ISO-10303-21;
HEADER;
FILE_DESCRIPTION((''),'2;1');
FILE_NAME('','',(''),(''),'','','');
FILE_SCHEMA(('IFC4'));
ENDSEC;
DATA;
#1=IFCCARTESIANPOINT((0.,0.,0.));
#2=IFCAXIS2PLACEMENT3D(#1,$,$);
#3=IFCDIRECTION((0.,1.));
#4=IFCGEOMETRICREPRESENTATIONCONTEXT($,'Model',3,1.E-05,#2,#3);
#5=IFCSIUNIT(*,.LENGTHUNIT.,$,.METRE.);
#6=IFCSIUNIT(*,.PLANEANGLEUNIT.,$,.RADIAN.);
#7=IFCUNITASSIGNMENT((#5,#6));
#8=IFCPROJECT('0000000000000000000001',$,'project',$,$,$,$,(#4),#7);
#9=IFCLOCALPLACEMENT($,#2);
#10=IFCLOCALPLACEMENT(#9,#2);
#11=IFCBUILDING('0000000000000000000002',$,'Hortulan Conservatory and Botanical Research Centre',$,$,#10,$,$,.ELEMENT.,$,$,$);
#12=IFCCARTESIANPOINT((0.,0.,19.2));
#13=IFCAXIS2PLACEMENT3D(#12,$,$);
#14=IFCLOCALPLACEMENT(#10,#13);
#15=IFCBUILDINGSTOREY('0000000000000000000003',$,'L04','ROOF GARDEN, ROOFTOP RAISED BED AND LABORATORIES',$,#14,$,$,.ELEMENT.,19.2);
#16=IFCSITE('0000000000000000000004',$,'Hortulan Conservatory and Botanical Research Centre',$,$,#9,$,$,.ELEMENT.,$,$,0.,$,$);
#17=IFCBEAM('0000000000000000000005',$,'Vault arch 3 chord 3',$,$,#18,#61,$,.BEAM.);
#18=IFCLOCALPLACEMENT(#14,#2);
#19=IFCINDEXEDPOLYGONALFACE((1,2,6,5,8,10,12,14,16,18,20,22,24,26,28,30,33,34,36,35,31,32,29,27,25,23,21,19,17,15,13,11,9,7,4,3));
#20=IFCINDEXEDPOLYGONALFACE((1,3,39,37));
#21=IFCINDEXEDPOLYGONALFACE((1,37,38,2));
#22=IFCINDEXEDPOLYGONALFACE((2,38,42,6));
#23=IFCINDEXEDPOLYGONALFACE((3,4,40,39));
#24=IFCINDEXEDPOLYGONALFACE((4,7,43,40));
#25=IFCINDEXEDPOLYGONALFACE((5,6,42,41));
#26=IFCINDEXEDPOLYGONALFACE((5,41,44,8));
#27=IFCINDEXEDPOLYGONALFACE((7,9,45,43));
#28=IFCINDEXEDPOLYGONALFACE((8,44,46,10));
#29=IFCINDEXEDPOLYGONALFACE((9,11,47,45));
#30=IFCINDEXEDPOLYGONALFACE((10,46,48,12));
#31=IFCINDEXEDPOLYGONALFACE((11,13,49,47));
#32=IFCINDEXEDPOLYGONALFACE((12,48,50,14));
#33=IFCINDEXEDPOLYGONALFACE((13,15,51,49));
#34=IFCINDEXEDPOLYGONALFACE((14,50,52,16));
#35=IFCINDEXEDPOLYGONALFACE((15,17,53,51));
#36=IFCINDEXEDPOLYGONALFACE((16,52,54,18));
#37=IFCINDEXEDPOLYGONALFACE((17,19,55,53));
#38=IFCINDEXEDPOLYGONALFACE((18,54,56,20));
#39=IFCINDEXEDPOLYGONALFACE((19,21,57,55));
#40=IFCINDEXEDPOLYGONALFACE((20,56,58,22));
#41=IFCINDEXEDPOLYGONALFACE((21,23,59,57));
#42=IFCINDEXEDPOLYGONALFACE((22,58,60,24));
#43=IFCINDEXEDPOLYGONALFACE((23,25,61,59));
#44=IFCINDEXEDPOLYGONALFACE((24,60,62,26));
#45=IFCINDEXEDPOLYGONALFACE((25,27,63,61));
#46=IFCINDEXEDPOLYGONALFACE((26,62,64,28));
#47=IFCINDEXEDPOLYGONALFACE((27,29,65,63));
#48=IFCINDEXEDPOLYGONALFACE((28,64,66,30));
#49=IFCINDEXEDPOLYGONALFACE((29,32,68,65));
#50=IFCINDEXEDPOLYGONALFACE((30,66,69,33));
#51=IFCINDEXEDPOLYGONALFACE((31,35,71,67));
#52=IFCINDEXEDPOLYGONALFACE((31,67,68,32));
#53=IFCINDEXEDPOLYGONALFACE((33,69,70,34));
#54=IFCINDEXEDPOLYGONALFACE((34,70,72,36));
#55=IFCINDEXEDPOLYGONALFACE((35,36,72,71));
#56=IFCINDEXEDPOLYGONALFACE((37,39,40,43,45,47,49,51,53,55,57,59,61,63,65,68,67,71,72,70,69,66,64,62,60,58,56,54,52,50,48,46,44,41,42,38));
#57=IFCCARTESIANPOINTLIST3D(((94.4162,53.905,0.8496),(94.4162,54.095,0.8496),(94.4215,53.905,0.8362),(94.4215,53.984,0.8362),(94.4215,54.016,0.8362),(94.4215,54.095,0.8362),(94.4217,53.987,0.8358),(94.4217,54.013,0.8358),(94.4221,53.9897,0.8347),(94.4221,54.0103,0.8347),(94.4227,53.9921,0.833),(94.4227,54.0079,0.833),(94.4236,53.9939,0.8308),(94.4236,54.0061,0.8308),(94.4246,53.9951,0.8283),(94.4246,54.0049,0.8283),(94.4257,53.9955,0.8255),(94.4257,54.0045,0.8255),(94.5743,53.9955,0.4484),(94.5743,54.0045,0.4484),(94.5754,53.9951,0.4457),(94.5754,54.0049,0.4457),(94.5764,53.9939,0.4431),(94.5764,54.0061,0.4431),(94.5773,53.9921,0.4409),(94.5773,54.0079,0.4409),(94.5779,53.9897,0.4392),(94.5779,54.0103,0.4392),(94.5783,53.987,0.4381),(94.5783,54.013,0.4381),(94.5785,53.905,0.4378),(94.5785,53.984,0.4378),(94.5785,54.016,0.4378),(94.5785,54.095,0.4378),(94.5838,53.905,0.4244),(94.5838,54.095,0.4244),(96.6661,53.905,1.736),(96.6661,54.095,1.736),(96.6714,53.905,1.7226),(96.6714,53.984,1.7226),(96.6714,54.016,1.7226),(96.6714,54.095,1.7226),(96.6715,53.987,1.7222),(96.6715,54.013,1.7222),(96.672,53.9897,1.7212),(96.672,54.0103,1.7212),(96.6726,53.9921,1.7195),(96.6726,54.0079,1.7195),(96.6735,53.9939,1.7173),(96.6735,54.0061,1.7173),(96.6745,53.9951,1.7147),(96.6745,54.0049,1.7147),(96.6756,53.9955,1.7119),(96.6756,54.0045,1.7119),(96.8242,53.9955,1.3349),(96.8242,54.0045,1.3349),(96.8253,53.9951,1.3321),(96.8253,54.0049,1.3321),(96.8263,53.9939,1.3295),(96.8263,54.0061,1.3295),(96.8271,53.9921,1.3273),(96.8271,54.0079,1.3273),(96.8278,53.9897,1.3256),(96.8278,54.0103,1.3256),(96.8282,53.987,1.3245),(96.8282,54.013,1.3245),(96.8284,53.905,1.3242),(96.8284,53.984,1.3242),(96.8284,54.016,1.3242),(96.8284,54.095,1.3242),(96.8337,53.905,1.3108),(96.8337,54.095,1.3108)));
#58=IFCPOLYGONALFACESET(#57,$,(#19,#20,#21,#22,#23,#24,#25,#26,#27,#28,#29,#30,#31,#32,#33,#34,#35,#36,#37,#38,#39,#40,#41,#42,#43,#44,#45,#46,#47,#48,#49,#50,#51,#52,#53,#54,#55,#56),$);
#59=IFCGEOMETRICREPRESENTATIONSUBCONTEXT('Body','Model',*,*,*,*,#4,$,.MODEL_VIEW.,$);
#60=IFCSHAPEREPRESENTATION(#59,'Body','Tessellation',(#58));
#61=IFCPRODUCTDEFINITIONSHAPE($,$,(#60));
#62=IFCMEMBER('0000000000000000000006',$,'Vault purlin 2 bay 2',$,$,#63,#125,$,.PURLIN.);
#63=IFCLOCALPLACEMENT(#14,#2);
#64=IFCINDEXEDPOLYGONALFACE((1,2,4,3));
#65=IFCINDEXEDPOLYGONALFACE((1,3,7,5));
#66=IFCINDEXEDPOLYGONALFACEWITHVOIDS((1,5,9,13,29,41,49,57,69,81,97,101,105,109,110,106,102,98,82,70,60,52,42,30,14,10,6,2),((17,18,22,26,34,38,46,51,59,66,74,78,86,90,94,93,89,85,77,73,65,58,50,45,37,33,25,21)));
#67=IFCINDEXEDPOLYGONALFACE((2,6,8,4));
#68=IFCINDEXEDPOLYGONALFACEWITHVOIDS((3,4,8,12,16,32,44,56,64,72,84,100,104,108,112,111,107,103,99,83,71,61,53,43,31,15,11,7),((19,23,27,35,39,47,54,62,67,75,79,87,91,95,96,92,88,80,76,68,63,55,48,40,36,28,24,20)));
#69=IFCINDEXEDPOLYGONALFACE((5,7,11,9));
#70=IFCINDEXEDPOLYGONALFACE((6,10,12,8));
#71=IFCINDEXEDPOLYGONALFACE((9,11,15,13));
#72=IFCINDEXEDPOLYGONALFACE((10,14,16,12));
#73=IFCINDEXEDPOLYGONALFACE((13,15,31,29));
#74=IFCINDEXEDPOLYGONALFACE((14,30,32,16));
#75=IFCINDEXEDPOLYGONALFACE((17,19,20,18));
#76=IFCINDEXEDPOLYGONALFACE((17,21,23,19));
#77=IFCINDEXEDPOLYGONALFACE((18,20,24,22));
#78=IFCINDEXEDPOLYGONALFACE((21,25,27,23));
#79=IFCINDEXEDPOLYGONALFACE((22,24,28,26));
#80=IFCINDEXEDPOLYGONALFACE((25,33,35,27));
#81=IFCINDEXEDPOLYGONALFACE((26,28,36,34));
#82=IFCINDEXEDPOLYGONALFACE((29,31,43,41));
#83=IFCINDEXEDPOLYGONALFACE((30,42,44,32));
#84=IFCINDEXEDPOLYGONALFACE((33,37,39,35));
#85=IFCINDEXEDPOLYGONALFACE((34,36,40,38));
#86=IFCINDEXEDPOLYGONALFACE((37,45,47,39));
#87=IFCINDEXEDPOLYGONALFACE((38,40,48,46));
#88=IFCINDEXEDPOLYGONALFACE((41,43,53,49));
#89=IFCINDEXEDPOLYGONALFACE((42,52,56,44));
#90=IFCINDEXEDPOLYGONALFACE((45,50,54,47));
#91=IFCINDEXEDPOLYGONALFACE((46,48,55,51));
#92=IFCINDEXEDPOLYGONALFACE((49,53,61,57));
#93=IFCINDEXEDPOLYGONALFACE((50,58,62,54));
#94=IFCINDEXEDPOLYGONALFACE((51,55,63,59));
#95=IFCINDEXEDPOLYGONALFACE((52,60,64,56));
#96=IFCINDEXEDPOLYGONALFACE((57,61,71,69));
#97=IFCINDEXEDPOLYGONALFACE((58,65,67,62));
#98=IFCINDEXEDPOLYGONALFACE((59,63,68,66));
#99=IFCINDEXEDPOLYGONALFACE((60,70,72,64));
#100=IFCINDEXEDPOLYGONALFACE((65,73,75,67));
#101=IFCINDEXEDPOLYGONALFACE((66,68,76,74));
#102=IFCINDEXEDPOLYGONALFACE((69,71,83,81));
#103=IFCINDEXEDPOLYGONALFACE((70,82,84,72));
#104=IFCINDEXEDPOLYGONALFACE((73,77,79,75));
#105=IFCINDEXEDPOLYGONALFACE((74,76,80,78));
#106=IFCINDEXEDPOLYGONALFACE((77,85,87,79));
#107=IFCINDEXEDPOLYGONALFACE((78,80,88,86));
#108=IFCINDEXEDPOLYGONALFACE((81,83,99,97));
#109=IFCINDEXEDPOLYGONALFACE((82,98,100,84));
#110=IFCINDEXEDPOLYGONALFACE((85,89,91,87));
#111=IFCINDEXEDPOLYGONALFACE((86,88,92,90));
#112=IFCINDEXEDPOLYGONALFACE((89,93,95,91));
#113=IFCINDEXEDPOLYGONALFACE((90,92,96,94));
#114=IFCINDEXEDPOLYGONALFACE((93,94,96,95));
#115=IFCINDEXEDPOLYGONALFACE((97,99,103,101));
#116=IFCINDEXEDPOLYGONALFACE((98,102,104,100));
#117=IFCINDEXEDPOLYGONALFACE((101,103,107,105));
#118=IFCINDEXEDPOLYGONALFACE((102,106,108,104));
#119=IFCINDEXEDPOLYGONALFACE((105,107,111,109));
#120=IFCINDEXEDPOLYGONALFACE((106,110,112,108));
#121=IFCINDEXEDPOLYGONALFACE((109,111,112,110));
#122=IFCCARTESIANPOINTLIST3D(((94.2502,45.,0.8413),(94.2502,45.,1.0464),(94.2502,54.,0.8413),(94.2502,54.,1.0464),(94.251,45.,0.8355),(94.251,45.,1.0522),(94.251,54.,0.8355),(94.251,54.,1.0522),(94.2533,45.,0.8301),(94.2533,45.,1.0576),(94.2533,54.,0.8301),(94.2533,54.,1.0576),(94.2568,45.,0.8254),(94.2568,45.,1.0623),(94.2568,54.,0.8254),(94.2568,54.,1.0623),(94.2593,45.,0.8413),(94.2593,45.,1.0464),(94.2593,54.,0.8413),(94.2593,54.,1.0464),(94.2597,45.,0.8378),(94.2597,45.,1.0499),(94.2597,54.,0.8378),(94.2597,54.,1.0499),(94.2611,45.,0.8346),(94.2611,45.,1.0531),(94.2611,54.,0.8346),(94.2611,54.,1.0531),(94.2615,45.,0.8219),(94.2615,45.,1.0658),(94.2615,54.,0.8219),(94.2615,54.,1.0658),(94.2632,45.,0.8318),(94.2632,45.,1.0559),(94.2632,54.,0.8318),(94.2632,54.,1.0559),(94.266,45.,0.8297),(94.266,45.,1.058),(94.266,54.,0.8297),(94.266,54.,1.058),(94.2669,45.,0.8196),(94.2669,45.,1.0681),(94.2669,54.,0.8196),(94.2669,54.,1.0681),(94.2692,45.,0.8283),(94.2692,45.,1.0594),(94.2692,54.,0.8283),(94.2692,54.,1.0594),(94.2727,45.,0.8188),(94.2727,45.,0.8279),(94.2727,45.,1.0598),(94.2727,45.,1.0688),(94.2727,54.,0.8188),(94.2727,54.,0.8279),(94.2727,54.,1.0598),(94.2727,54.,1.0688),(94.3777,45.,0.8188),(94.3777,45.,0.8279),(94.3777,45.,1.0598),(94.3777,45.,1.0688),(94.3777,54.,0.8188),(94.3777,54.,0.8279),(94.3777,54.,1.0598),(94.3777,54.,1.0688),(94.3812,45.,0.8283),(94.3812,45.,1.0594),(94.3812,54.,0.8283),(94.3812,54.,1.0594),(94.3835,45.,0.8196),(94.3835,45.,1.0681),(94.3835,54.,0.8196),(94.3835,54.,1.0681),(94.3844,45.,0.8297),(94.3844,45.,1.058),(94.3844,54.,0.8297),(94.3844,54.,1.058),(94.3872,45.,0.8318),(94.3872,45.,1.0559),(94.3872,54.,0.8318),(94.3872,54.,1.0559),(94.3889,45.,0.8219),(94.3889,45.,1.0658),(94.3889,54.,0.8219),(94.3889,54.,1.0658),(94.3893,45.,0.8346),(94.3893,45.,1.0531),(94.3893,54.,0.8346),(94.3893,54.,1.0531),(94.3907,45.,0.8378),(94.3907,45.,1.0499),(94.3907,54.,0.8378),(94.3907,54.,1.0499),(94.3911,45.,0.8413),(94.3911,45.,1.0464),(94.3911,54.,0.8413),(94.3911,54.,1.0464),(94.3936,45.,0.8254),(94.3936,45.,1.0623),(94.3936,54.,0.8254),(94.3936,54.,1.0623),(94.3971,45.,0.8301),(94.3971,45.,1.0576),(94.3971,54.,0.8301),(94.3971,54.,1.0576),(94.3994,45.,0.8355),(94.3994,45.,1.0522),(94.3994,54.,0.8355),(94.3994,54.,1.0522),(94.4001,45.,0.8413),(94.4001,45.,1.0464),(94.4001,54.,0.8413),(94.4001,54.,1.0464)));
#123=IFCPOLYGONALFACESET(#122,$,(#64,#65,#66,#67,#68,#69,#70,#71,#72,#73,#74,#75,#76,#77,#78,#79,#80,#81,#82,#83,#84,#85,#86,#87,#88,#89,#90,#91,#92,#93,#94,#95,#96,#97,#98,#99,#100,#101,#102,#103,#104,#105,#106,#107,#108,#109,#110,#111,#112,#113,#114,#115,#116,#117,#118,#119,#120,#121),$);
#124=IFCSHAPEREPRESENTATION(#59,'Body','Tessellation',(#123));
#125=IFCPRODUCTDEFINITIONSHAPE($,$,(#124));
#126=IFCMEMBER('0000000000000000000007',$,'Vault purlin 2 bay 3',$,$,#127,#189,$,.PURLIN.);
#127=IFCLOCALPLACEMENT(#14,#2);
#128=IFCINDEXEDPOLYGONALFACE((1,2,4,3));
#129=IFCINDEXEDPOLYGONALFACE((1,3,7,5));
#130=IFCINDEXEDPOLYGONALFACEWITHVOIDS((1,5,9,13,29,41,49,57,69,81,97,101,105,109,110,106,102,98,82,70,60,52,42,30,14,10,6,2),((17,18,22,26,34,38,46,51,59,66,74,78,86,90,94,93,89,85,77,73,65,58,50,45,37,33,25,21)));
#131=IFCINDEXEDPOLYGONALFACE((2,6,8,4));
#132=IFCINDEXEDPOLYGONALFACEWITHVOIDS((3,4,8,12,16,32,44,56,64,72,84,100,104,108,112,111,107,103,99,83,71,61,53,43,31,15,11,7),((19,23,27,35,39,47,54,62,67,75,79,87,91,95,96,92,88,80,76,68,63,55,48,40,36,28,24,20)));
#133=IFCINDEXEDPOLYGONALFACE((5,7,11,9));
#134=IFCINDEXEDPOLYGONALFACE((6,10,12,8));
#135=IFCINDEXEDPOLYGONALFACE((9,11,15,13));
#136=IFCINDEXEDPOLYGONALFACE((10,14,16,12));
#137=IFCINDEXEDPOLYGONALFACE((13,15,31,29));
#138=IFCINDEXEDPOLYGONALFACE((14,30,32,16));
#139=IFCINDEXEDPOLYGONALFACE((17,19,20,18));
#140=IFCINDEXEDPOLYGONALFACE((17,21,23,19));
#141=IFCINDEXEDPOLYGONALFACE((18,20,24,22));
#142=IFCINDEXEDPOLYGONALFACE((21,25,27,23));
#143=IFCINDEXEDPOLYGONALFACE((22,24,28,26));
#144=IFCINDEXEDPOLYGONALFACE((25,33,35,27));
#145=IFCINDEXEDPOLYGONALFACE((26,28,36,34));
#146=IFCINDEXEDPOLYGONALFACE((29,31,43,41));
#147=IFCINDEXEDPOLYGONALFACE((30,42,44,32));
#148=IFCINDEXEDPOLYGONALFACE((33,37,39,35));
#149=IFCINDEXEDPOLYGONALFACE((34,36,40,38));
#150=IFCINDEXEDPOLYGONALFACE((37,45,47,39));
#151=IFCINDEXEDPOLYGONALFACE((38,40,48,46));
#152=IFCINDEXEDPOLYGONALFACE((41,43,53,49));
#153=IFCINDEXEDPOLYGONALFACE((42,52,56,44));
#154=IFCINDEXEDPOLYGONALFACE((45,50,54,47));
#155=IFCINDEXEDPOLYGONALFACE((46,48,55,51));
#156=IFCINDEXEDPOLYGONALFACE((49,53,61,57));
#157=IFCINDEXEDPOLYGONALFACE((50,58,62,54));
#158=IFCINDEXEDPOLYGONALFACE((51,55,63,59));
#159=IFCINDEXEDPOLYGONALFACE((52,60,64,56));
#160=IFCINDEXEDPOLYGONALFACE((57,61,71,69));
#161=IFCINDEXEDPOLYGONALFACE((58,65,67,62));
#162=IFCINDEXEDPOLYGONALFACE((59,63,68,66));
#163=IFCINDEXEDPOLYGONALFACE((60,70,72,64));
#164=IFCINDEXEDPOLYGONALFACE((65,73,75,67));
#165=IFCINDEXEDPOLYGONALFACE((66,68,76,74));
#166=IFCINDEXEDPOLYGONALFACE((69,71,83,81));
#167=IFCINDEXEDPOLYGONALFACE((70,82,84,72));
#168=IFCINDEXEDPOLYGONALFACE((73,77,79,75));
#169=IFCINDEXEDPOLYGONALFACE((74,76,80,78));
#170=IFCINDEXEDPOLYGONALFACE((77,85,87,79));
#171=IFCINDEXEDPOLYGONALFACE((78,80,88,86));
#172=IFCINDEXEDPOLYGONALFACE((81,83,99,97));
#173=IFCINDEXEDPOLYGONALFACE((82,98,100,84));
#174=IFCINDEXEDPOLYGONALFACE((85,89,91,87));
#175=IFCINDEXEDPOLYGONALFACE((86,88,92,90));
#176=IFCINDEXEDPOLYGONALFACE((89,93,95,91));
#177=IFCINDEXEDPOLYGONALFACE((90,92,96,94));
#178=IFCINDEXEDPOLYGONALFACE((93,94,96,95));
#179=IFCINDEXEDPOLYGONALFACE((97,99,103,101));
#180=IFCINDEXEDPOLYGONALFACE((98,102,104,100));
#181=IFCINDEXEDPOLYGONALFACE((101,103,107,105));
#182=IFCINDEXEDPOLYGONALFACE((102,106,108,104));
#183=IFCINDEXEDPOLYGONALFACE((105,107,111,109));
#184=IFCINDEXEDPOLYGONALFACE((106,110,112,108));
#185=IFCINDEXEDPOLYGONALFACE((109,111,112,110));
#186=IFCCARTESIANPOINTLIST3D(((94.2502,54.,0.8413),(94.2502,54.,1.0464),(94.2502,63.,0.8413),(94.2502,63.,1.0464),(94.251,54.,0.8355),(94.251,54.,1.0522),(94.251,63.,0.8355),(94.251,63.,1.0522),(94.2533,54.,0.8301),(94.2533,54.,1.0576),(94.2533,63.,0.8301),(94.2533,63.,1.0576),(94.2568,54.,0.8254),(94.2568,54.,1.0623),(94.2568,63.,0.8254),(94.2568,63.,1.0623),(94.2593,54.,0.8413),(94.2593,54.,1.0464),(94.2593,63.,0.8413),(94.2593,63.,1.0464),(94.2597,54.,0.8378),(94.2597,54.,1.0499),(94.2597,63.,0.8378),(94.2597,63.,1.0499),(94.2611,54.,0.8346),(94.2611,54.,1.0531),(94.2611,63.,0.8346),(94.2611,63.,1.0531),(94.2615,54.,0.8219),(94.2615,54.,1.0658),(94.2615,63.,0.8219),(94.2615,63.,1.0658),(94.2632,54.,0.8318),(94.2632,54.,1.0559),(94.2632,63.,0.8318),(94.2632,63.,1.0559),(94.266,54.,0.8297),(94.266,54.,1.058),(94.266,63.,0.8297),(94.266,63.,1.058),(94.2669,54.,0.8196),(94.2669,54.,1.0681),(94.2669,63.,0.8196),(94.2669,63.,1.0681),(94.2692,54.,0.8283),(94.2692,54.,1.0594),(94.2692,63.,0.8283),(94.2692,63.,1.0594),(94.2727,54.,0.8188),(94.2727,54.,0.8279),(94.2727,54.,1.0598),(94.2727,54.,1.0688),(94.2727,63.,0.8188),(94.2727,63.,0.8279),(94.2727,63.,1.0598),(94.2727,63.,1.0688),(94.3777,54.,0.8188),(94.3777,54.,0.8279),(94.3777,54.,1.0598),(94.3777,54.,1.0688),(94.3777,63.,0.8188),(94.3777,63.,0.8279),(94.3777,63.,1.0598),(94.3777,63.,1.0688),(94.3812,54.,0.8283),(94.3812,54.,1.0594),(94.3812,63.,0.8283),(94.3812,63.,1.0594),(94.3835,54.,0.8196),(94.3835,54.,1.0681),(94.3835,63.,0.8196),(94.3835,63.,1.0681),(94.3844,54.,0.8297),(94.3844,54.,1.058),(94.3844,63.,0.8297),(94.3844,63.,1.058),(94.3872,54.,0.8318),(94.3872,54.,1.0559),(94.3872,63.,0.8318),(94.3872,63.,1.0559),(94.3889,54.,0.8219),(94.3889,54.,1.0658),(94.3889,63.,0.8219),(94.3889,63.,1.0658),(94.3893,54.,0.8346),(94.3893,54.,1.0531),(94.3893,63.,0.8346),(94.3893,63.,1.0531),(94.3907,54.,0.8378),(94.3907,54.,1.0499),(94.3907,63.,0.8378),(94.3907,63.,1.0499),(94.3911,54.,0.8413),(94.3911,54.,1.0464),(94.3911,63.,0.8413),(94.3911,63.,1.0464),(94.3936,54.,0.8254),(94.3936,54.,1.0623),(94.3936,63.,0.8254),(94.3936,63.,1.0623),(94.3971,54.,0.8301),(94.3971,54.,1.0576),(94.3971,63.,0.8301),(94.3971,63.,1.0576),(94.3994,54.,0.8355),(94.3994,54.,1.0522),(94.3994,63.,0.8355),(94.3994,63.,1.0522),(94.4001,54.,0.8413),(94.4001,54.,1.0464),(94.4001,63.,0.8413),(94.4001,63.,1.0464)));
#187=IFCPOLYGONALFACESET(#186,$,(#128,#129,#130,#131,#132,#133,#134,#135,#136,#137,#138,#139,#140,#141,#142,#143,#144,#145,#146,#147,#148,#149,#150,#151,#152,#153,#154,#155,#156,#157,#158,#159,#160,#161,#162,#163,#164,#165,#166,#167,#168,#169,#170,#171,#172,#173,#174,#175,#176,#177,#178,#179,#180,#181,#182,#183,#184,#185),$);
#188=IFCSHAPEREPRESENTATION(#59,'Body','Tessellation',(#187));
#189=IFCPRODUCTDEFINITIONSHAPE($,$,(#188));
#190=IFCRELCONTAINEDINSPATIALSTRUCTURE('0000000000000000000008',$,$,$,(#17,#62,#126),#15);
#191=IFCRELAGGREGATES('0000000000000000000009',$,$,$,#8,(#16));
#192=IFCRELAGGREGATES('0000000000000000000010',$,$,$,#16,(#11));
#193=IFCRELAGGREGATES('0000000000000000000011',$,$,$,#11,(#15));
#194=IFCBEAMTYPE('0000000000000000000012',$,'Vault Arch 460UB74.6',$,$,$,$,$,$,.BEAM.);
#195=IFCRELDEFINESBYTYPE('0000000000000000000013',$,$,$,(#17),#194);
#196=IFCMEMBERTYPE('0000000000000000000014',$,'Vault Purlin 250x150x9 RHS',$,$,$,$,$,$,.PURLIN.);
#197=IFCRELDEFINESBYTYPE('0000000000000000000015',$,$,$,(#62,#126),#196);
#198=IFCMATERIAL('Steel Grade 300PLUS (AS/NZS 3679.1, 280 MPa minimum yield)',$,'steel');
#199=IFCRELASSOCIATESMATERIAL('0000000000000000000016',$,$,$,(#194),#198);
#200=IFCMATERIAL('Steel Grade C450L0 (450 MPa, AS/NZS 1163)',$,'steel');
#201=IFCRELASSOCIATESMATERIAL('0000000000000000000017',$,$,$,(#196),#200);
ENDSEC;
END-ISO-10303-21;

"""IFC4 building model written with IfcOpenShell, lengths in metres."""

from ifc_helpers import new_model, si_unit, direction, frame, origin, origin_2d, place, context, subcontext, project, spatial, hollow_rectangle, i_section, extrude, material, material_profile, profile_set, type_object, element, save


model = new_model("IFC4")

# Units and contexts
model_context = context("Model", 3, precision=1e-05, world=origin(), true_north=direction((0.0, 1.0)))
body_context = subcontext(model_context, "Body", "Model", "MODEL_VIEW")
ifc_project = project(units=[si_unit("LENGTHUNIT", "METRE"), si_unit("PLANEANGLEUNIT", "RADIAN")], contexts=[model_context])

# Site, building, storey
site_placement = place(None, origin())
site = spatial("IfcSite", under=ifc_project, at=site_placement, Name="Hortulan Conservatory and Botanical Research Centre", CompositionType="ELEMENT", RefElevation=0.0)
building_placement = place(site_placement, origin())
building = spatial("IfcBuilding", under=site, at=building_placement, Name="Hortulan Conservatory and Botanical Research Centre", CompositionType="ELEMENT")
storey_placement = place(building_placement, frame((0.0, 0.0, 19.2)))
storey = spatial("IfcBuildingStorey", under=building, at=storey_placement, Name="L04", Description="ROOF GARDEN, ROOFTOP RAISED BED AND LABORATORIES", CompositionType="ELEMENT", Elevation=19.2)

# Beam
ifc_material_1 = material(Name="Steel Grade 300PLUS (AS/NZS 3679.1, 280 MPa minimum yield)", Category="steel")
ifc_material_profile_1 = material_profile(ifc_material_1, i_section(OverallWidth=0.1899, OverallDepth=0.457, WebThickness=0.009, FlangeThickness=0.0144, FilletRadius=0.0115, at=origin_2d()), Name="460UB74.6")
ifc_profile_set_1 = profile_set([ifc_material_profile_1], Name="Steel Grade 300PLUS (AS/NZS 3679.1, 280 MPa minimum yield)")
beam_type = type_object("IfcBeamType", Name="Vault Arch 460UB74.6", PredefinedType="BEAM", material=ifc_profile_set_1)
for number, where, z_axis, x_axis, name in (
    (1, (94.5, 54.0, 0.637), (0.930393, 0.0, 0.366564), (0.0, 1.0, 0.0), "Vault arch 3 chord 3"),
):
    element("IfcBeam", number, at=place(storey_placement, frame(where, z_axis=z_axis, x_axis=x_axis)), inside=storey, type_object=beam_type, Name=name, PredefinedType="BEAM", context=body_context, shape_type="SweptSolid", body=[
        extrude(i_section(OverallWidth=0.1899, OverallDepth=0.457, WebThickness=0.009, FlangeThickness=0.0144, FilletRadius=0.0115, at=origin_2d()), origin(), (0.0, 0.0, 1.0), 2.4182),
    ])

# Members
ifc_material_2 = material(Name="Steel Grade C450L0 (450 MPa, AS/NZS 1163)", Category="steel")
ifc_material_profile_2 = material_profile(ifc_material_2, hollow_rectangle(XDim=0.1499, YDim=0.25, WallThickness=0.009, InnerFilletRadius=0.0134, OuterFilletRadius=0.0225, at=origin_2d()), Name="250x150x9RHS")
ifc_profile_set_2 = profile_set([ifc_material_profile_2], Name="Steel Grade C450L0 (450 MPa, AS/NZS 1163)")
member_type_1 = type_object("IfcMemberType", Name="Vault Purlin 250x150x9 RHS", PredefinedType="PURLIN", material=ifc_profile_set_2)
for number, where, z_axis, x_axis, name in (
    (2, (94.3252, 45.0, 0.9438), (0.0, 1.0, 0.0), (-1.0, 0.0, 0.0), "Vault purlin 2 bay 2"),
    (3, (94.3252, 54.0, 0.9438), (0.0, 1.0, 0.0), (-1.0, 0.0, 0.0), "Vault purlin 2 bay 3"),
):
    element("IfcMember", number, at=place(storey_placement, frame(where, z_axis=z_axis, x_axis=x_axis)), inside=storey, type_object=member_type_1, Name=name, PredefinedType="PURLIN", context=body_context, shape_type="SweptSolid", body=[
        extrude(hollow_rectangle(XDim=0.1499, YDim=0.25, WallThickness=0.009, InnerFilletRadius=0.0134, OuterFilletRadius=0.0225, at=origin_2d()), origin(), (0.0, 0.0, 1.0), 9.0),
    ])

save(model, "model.ifc")
